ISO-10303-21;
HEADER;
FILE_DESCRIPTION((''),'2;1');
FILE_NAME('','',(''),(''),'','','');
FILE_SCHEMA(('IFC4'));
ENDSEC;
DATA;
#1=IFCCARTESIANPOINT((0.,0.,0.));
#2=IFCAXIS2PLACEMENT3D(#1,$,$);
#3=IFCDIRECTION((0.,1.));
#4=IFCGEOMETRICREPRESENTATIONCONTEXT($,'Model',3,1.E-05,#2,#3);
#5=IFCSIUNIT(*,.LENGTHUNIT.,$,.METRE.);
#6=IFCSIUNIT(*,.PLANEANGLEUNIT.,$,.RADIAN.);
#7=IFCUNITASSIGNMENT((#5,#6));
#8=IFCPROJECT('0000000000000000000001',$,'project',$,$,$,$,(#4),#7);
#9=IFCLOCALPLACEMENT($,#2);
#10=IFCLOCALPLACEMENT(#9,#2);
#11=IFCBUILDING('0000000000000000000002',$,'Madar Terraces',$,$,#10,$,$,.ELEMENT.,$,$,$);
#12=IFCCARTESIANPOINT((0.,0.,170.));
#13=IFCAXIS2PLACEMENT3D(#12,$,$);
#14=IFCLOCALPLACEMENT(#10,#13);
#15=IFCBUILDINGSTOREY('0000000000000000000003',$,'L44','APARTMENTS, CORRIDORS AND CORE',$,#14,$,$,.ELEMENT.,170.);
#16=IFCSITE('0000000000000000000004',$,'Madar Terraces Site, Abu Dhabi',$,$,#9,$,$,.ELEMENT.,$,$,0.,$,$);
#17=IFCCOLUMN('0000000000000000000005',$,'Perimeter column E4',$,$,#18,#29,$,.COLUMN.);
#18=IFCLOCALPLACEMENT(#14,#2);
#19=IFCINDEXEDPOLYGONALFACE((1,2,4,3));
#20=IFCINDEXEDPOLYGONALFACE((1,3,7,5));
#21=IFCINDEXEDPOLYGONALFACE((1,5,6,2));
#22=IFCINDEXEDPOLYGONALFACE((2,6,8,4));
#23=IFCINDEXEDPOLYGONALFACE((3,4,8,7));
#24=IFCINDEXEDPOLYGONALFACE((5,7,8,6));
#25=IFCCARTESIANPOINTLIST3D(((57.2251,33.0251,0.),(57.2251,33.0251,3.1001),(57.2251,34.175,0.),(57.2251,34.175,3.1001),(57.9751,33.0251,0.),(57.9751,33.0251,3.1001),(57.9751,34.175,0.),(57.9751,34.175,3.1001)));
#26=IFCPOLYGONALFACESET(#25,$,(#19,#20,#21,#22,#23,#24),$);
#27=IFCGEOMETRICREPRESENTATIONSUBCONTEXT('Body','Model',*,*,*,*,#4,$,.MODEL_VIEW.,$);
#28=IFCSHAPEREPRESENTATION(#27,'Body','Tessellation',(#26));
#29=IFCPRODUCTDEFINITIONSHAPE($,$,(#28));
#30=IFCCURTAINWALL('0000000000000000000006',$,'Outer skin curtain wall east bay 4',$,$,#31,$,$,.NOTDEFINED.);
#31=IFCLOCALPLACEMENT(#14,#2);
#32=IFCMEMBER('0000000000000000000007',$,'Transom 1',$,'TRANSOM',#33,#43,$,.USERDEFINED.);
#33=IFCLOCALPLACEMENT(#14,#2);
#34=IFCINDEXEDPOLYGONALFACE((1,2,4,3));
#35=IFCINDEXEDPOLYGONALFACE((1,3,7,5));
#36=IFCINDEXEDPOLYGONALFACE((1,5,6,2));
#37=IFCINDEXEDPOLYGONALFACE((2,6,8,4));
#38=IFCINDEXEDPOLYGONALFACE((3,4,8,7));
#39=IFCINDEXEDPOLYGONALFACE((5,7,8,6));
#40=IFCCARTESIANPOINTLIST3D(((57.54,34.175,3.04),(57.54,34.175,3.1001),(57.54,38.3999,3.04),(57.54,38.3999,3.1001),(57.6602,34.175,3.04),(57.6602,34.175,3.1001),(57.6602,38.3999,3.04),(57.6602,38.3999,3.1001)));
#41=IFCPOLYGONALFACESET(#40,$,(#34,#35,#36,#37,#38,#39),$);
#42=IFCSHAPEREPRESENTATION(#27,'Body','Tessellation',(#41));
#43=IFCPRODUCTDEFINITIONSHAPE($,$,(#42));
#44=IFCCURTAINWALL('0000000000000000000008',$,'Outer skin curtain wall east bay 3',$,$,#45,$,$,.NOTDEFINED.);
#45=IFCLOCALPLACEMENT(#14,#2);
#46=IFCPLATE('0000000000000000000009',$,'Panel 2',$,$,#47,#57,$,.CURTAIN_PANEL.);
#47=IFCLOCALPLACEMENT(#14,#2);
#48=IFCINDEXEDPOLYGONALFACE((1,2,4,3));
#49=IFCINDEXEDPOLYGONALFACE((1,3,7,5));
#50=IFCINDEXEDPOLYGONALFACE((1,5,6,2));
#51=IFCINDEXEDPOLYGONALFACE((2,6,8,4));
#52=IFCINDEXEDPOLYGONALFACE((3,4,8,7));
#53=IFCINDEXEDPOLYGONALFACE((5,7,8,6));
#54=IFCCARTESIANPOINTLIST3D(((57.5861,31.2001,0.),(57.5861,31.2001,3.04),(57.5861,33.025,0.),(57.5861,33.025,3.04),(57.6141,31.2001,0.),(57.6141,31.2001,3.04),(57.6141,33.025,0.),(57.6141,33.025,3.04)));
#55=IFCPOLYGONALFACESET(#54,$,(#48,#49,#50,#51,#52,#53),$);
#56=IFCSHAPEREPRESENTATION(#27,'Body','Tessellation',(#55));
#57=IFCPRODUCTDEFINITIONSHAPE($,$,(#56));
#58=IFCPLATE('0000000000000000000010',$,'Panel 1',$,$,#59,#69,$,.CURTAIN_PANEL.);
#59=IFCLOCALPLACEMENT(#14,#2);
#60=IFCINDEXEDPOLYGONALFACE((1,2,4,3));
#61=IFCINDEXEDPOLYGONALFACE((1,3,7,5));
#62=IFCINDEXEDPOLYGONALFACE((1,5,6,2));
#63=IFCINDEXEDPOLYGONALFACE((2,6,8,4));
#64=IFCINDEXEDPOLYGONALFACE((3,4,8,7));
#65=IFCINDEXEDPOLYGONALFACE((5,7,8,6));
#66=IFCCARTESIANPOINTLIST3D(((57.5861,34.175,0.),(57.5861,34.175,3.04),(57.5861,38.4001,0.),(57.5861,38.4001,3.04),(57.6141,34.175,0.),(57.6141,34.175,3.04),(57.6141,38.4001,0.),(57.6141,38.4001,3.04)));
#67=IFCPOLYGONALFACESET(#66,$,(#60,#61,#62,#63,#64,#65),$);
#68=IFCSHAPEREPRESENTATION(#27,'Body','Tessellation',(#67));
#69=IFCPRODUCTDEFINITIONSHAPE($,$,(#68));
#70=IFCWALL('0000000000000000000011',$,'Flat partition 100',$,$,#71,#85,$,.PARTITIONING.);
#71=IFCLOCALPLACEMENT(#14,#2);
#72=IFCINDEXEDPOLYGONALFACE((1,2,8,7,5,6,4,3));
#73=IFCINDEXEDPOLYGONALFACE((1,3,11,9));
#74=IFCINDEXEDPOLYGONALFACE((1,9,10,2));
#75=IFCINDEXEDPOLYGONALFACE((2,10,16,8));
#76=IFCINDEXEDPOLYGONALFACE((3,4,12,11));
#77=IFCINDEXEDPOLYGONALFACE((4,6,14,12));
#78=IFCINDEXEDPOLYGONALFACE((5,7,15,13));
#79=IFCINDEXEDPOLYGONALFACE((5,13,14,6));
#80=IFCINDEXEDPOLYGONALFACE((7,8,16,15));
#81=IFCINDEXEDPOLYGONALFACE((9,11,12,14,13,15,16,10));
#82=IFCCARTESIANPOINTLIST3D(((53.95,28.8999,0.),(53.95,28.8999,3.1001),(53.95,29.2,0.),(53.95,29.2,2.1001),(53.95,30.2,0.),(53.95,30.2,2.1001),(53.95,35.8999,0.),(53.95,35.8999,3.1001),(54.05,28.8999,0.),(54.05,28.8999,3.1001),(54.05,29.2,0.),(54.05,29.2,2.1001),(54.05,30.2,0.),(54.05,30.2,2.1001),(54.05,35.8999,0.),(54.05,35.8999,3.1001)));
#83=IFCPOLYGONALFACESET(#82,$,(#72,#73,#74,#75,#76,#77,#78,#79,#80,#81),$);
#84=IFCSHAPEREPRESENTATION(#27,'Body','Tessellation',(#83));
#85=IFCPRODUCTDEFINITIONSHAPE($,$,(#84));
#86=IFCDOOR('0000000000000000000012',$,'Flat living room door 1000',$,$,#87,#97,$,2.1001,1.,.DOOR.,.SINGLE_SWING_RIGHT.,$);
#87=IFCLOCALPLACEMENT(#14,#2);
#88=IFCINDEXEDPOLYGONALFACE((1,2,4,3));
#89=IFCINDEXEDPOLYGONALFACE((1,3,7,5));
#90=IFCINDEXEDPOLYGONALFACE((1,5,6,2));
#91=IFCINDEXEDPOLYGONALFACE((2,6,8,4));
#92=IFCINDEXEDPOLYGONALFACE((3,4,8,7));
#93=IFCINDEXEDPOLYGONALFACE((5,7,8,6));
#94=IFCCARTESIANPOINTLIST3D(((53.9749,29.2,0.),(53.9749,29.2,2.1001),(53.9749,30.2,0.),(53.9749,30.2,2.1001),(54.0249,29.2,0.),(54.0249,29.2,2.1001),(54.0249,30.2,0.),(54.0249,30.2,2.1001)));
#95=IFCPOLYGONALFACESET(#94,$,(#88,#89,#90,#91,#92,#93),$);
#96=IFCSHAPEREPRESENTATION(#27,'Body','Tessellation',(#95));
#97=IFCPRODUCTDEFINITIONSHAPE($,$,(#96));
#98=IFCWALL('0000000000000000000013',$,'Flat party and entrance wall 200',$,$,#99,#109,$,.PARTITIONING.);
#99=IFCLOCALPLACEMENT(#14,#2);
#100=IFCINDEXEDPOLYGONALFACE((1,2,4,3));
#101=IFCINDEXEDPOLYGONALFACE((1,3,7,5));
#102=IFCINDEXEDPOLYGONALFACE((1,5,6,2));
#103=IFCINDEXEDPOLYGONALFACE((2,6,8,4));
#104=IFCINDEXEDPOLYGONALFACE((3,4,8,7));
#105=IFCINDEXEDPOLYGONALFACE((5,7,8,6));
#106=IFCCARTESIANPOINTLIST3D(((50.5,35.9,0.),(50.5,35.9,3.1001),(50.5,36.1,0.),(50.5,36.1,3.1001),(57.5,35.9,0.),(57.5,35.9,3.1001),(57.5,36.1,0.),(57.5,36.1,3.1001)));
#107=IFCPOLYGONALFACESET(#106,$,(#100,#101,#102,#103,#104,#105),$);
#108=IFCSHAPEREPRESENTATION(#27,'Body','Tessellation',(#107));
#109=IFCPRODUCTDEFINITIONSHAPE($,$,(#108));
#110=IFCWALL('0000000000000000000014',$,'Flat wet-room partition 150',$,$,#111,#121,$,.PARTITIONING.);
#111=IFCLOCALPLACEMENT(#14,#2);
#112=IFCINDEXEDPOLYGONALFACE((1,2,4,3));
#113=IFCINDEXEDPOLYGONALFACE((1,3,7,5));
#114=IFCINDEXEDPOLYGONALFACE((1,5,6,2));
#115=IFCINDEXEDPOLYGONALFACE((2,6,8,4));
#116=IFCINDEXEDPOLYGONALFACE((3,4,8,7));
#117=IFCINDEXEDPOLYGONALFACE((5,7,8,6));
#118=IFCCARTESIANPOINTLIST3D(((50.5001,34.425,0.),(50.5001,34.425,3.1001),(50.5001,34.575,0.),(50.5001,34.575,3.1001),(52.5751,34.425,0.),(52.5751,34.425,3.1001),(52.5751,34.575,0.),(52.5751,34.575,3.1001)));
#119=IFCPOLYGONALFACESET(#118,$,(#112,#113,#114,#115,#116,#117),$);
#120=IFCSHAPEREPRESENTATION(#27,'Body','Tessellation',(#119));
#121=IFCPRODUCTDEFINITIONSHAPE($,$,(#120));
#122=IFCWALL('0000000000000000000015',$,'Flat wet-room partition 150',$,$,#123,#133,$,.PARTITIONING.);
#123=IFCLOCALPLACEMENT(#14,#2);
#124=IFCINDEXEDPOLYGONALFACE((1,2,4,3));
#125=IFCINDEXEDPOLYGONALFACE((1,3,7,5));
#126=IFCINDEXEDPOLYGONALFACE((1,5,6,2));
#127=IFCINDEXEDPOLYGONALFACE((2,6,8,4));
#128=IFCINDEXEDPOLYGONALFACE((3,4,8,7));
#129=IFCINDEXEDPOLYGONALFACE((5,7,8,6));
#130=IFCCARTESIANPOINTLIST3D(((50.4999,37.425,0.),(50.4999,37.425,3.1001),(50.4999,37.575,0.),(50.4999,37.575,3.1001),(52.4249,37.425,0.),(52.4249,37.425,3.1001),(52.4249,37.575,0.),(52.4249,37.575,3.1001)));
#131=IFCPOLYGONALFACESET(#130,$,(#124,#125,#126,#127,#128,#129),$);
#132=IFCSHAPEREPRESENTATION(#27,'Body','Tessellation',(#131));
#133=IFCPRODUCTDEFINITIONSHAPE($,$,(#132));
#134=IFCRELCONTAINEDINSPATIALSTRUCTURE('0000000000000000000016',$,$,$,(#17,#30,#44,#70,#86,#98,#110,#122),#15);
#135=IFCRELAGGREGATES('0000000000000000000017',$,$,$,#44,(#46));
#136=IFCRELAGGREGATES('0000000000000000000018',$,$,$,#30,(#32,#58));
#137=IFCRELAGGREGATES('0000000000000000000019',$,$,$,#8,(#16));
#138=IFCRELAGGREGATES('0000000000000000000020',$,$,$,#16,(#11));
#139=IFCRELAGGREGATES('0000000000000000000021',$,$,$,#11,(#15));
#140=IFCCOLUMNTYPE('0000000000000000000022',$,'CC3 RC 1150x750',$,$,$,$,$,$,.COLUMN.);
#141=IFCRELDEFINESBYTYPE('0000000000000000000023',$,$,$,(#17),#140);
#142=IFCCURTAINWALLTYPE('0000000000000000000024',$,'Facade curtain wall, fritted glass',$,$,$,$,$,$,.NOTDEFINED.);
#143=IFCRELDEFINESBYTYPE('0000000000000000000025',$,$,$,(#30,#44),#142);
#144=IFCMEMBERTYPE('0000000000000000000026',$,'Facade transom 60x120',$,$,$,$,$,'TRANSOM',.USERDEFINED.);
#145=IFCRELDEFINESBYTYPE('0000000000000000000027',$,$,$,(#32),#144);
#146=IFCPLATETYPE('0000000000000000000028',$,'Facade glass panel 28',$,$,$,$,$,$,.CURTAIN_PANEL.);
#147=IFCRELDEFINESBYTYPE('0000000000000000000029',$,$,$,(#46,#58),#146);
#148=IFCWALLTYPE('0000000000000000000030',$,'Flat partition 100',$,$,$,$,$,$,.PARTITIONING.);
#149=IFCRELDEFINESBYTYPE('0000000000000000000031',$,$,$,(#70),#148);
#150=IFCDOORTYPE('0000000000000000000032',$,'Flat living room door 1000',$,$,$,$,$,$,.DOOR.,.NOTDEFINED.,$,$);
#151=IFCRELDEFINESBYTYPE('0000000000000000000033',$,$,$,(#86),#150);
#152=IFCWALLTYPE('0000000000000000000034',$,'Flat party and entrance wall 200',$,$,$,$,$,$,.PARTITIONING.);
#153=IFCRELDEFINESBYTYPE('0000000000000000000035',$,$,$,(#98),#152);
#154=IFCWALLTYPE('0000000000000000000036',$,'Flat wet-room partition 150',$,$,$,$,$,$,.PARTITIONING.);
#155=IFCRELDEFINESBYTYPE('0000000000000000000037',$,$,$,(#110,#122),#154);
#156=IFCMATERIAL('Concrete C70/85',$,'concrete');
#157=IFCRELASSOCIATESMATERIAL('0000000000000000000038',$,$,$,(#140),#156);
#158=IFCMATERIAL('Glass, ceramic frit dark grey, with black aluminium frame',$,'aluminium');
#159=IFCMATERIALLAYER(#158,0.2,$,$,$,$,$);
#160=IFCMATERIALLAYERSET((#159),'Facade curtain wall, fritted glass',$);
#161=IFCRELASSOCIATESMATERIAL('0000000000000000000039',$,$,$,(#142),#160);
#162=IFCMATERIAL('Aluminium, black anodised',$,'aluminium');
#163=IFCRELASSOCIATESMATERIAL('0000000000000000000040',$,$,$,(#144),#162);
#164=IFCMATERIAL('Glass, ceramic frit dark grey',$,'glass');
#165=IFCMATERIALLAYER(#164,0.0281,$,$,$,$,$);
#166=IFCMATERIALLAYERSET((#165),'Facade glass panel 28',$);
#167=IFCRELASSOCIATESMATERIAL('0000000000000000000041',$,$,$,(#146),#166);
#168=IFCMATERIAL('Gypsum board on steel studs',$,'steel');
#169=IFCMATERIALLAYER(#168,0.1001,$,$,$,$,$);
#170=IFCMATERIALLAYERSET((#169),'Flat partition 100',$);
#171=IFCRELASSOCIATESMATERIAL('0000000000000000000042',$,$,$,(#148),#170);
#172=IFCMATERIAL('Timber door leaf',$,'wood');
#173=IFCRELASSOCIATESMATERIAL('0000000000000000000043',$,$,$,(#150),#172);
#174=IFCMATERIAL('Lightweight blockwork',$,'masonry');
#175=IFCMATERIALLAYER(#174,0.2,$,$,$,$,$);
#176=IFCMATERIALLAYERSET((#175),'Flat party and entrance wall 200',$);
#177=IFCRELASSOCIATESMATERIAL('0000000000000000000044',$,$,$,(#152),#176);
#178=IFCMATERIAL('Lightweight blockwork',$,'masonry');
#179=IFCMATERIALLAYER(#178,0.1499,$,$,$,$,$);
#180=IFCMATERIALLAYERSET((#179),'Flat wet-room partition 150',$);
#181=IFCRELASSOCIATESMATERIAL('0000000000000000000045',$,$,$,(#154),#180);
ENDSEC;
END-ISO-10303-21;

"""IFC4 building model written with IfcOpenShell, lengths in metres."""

from ifc_helpers import new_model, si_unit, direction, frame, frame_2d, origin, origin_2d, place, context, subcontext, project, spatial, rectangle, extrude, material, layer, layer_set, material_profile, profile_set, type_object, element, fill, aggregate, save


model = new_model("IFC4")

# Units and contexts
model_context = context("Model", 3, precision=1e-05, world=origin(), true_north=direction((0.0, 1.0)))
body_context = subcontext(model_context, "Body", "Model", "MODEL_VIEW")
ifc_project = project(units=[si_unit("LENGTHUNIT", "METRE"), si_unit("PLANEANGLEUNIT", "RADIAN")], contexts=[model_context])

# Site, building, storey
site_placement = place(None, origin())
site = spatial("IfcSite", under=ifc_project, at=site_placement, Name="Madar Terraces Site, Abu Dhabi", CompositionType="ELEMENT", RefElevation=0.0)
building_placement = place(site_placement, origin())
building = spatial("IfcBuilding", under=site, at=building_placement, Name="Madar Terraces", CompositionType="ELEMENT")
storey_placement = place(building_placement, frame((0.0, 0.0, 170.0)))
storey = spatial("IfcBuildingStorey", under=building, at=storey_placement, Name="L44", Description="APARTMENTS, CORRIDORS AND CORE", CompositionType="ELEMENT", Elevation=170.0)

# Column
ifc_material_1 = material(Name="Concrete C70/85", Category="concrete")
ifc_material_profile_1 = material_profile(ifc_material_1, rectangle(XDim=1.1499, YDim=0.75, at=origin_2d()), Name="CC3 RC 1150x750")
ifc_profile_set_1 = profile_set([ifc_material_profile_1], Name="Concrete C70/85")
column_type = type_object("IfcColumnType", Name="CC3 RC 1150x750", PredefinedType="COLUMN", material=ifc_profile_set_1)
column_placement = place(storey_placement, frame((57.6001, 33.6001, 0.0), z_axis=(0.0, 0.0, 1.0), x_axis=(0.0, 1.0, 0.0)))
element("IfcColumn", 1, at=column_placement, inside=storey, type_object=column_type, Name="Perimeter column E4", PredefinedType="COLUMN", context=body_context, shape_type="SweptSolid", body=[
    extrude(rectangle(XDim=1.1499, YDim=0.75, at=origin_2d()), origin(), (0.0, 0.0, 1.0), 3.1001),
])

# Curtain wall, member
ifc_material_2 = material(Name="Glass, ceramic frit dark grey, with black aluminium frame", Category="aluminium")
ifc_layer_1 = layer(ifc_material_2, 0.2)
ifc_layer_set_1 = layer_set([ifc_layer_1], Name="Facade curtain wall, fritted glass")
curtain_wall_type = type_object("IfcCurtainWallType", Name="Facade curtain wall, fritted glass", PredefinedType="NOTDEFINED", material=ifc_layer_set_1)
curtain_wall_1_placement = place(storey_placement, origin())
curtain_wall_1 = element("IfcCurtainWall", 2, at=curtain_wall_1_placement, inside=storey, type_object=curtain_wall_type, Name="Outer skin curtain wall east bay 4", PredefinedType="NOTDEFINED")
ifc_material_3 = material(Name="Aluminium, black anodised", Category="aluminium")
ifc_material_profile_2 = material_profile(ifc_material_3, rectangle(XDim=0.1201, YDim=0.0601, at=origin_2d()), Name="Facade transom 60x120")
ifc_profile_set_2 = profile_set([ifc_material_profile_2], Name="Aluminium, black anodised")
member_type = type_object("IfcMemberType", Name="Facade transom 60x120", ElementType="TRANSOM", PredefinedType="USERDEFINED", material=ifc_profile_set_2)
member_placement = place(storey_placement, frame((57.6001, 34.175, 3.0701), z_axis=(0.0, 1.0, 0.0), x_axis=(-1.0, 0.0, 0.0)))
member = element("IfcMember", 3, at=member_placement, type_object=member_type, Name="Transom 1", ObjectType="TRANSOM", PredefinedType="USERDEFINED", context=body_context, shape_type="SweptSolid", body=[
    extrude(rectangle(XDim=0.1201, YDim=0.0601, at=origin_2d()), origin(), (0.0, 0.0, 1.0), 4.2249),
])

# Curtain wall, plate
curtain_wall_2_placement = place(storey_placement, origin())
curtain_wall_2 = element("IfcCurtainWall", 4, at=curtain_wall_2_placement, inside=storey, type_object=curtain_wall_type, Name="Outer skin curtain wall east bay 3", PredefinedType="NOTDEFINED")
ifc_material_4 = material(Name="Glass, ceramic frit dark grey", Category="glass")
ifc_layer_2 = layer(ifc_material_4, 0.0281)
ifc_layer_set_2 = layer_set([ifc_layer_2], Name="Facade glass panel 28")
plate_type = type_object("IfcPlateType", Name="Facade glass panel 28", PredefinedType="CURTAIN_PANEL", material=ifc_layer_set_2)
plate_1_placement = place(storey_placement, frame((57.6001, 32.1125, 0.0), z_axis=(0.0, 0.0, 1.0), x_axis=(0.0, 1.0, 0.0)))
plate_1 = element("IfcPlate", 5, at=plate_1_placement, type_object=plate_type, Name="Panel 2", PredefinedType="CURTAIN_PANEL", context=body_context, shape_type="SweptSolid", body=[
    extrude(rectangle(XDim=1.825, YDim=0.0281, at=origin_2d()), origin(), (0.0, 0.0, 1.0), 3.04),
])
aggregate(curtain_wall_2, [plate_1])

# Plate
plate_2_placement = place(storey_placement, frame((57.6001, 36.2876, 0.0), z_axis=(0.0, 0.0, 1.0), x_axis=(0.0, 1.0, 0.0)))
plate_2 = element("IfcPlate", 6, at=plate_2_placement, type_object=plate_type, Name="Panel 1", PredefinedType="CURTAIN_PANEL", context=body_context, shape_type="SweptSolid", body=[
    extrude(rectangle(XDim=4.2251, YDim=0.0281, at=origin_2d()), origin(), (0.0, 0.0, 1.0), 3.04),
])
aggregate(curtain_wall_1, [member, plate_2])

# Wall, opening, door
ifc_material_5 = material(Name="Gypsum board on steel studs", Category="steel")
ifc_layer_3 = layer(ifc_material_5, 0.1001)
ifc_layer_set_3 = layer_set([ifc_layer_3], Name="Flat partition 100")
wall_type_1 = type_object("IfcWallType", Name="Flat partition 100", PredefinedType="PARTITIONING", material=ifc_layer_set_3)
wall_1_placement = place(storey_placement, frame((54.0, 35.8999, 0.0), z_axis=(0.0, 0.0, 1.0), x_axis=(0.0, -1.0, 0.0)))
wall_1 = element("IfcWall", 7, at=wall_1_placement, inside=storey, type_object=wall_type_1, Name="Flat partition 100", PredefinedType="PARTITIONING", context=body_context, shape_type="SweptSolid", body=[
    extrude(rectangle(XDim=7.0, YDim=0.1001, at=frame_2d((3.5, 0.0))), origin(), (0.0, 0.0, 1.0), 3.1001),
])
opening_1_placement = place(wall_1_placement, frame((5.7, 0.0, 0.0)))
opening_1 = element("IfcOpeningElement", 8, at=opening_1_placement, cuts=wall_1, PredefinedType="OPENING", context=body_context, shape_type="SweptSolid", body=[
    extrude(rectangle(XDim=1.0, YDim=2.1001, at=frame_2d((0.5, 1.05))), frame((0.0, 0.0601, 0.0), z_axis=(0.0, -1.0, 0.0), x_axis=(1.0, 0.0, 0.0)), (0.0, 0.0, 1.0), 0.1201),
])
ifc_material_6 = material(Name="Timber door leaf", Category="wood")
door_type_1 = type_object("IfcDoorType", Name="Flat living room door 1000", OperationType="NOTDEFINED", PredefinedType="DOOR", material=ifc_material_6)
door_1_placement = place(opening_1_placement, origin())
door_1 = element("IfcDoor", 9, at=door_1_placement, inside=storey, type_object=door_type_1, Name="Flat living room door 1000", OperationType="SINGLE_SWING_RIGHT", OverallHeight=2.1001, OverallWidth=1.0, PredefinedType="DOOR", context=body_context, shape_type="SweptSolid", body=[
    extrude(rectangle(XDim=1.0, YDim=2.1001, at=frame_2d((0.5, 1.05))), frame((0.0, 0.0249, 0.0), z_axis=(0.0, -1.0, 0.0), x_axis=(1.0, 0.0, 0.0)), (0.0, 0.0, 1.0), 0.05),
])
fill(opening_1, door_1)

# Walls
ifc_material_7 = material(Name="Lightweight blockwork", Category="masonry")
ifc_layer_4 = layer(ifc_material_7, 0.2)
ifc_layer_set_4 = layer_set([ifc_layer_4], Name="Flat party and entrance wall 200")
wall_type_2 = type_object("IfcWallType", Name="Flat party and entrance wall 200", PredefinedType="PARTITIONING", material=ifc_layer_set_4)
wall_2_placement = place(storey_placement, frame((50.5, 36.0, 0.0), z_axis=(0.0, 0.0, 1.0), x_axis=(1.0, 0.0, 0.0)))
element("IfcWall", 10, at=wall_2_placement, inside=storey, type_object=wall_type_2, Name="Flat party and entrance wall 200", PredefinedType="PARTITIONING", context=body_context, shape_type="SweptSolid", body=[
    extrude(rectangle(XDim=7.0, YDim=0.2, at=frame_2d((3.5, 0.0))), origin(), (0.0, 0.0, 1.0), 3.1001),
])
ifc_material_8 = material(Name="Lightweight blockwork", Category="masonry")
ifc_layer_5 = layer(ifc_material_8, 0.1499)
ifc_layer_set_5 = layer_set([ifc_layer_5], Name="Flat wet-room partition 150")
wall_type_3 = type_object("IfcWallType", Name="Flat wet-room partition 150", PredefinedType="PARTITIONING", material=ifc_layer_set_5)
wall_3_placement = place(storey_placement, frame((50.5, 34.5, 0.0), z_axis=(0.0, 0.0, 1.0), x_axis=(1.0, 0.0, 0.0)))
element("IfcWall", 11, at=wall_3_placement, inside=storey, type_object=wall_type_3, Name="Flat wet-room partition 150", PredefinedType="PARTITIONING", context=body_context, shape_type="SweptSolid", body=[
    extrude(rectangle(XDim=2.075, YDim=0.1499, at=frame_2d((1.0376, 0.0))), origin(), (0.0, 0.0, 1.0), 3.1001),
])
wall_4_placement = place(storey_placement, frame((50.5, 37.5, 0.0), z_axis=(0.0, 0.0, 1.0), x_axis=(1.0, 0.0, 0.0)))
element("IfcWall", 12, at=wall_4_placement, inside=storey, type_object=wall_type_3, Name="Flat wet-room partition 150", PredefinedType="PARTITIONING", context=body_context, shape_type="SweptSolid", body=[
    extrude(rectangle(XDim=1.925, YDim=0.1499, at=frame_2d((0.9624, 0.0))), origin(), (0.0, 0.0, 1.0), 3.1001),
])

save(model, "model.ifc")
